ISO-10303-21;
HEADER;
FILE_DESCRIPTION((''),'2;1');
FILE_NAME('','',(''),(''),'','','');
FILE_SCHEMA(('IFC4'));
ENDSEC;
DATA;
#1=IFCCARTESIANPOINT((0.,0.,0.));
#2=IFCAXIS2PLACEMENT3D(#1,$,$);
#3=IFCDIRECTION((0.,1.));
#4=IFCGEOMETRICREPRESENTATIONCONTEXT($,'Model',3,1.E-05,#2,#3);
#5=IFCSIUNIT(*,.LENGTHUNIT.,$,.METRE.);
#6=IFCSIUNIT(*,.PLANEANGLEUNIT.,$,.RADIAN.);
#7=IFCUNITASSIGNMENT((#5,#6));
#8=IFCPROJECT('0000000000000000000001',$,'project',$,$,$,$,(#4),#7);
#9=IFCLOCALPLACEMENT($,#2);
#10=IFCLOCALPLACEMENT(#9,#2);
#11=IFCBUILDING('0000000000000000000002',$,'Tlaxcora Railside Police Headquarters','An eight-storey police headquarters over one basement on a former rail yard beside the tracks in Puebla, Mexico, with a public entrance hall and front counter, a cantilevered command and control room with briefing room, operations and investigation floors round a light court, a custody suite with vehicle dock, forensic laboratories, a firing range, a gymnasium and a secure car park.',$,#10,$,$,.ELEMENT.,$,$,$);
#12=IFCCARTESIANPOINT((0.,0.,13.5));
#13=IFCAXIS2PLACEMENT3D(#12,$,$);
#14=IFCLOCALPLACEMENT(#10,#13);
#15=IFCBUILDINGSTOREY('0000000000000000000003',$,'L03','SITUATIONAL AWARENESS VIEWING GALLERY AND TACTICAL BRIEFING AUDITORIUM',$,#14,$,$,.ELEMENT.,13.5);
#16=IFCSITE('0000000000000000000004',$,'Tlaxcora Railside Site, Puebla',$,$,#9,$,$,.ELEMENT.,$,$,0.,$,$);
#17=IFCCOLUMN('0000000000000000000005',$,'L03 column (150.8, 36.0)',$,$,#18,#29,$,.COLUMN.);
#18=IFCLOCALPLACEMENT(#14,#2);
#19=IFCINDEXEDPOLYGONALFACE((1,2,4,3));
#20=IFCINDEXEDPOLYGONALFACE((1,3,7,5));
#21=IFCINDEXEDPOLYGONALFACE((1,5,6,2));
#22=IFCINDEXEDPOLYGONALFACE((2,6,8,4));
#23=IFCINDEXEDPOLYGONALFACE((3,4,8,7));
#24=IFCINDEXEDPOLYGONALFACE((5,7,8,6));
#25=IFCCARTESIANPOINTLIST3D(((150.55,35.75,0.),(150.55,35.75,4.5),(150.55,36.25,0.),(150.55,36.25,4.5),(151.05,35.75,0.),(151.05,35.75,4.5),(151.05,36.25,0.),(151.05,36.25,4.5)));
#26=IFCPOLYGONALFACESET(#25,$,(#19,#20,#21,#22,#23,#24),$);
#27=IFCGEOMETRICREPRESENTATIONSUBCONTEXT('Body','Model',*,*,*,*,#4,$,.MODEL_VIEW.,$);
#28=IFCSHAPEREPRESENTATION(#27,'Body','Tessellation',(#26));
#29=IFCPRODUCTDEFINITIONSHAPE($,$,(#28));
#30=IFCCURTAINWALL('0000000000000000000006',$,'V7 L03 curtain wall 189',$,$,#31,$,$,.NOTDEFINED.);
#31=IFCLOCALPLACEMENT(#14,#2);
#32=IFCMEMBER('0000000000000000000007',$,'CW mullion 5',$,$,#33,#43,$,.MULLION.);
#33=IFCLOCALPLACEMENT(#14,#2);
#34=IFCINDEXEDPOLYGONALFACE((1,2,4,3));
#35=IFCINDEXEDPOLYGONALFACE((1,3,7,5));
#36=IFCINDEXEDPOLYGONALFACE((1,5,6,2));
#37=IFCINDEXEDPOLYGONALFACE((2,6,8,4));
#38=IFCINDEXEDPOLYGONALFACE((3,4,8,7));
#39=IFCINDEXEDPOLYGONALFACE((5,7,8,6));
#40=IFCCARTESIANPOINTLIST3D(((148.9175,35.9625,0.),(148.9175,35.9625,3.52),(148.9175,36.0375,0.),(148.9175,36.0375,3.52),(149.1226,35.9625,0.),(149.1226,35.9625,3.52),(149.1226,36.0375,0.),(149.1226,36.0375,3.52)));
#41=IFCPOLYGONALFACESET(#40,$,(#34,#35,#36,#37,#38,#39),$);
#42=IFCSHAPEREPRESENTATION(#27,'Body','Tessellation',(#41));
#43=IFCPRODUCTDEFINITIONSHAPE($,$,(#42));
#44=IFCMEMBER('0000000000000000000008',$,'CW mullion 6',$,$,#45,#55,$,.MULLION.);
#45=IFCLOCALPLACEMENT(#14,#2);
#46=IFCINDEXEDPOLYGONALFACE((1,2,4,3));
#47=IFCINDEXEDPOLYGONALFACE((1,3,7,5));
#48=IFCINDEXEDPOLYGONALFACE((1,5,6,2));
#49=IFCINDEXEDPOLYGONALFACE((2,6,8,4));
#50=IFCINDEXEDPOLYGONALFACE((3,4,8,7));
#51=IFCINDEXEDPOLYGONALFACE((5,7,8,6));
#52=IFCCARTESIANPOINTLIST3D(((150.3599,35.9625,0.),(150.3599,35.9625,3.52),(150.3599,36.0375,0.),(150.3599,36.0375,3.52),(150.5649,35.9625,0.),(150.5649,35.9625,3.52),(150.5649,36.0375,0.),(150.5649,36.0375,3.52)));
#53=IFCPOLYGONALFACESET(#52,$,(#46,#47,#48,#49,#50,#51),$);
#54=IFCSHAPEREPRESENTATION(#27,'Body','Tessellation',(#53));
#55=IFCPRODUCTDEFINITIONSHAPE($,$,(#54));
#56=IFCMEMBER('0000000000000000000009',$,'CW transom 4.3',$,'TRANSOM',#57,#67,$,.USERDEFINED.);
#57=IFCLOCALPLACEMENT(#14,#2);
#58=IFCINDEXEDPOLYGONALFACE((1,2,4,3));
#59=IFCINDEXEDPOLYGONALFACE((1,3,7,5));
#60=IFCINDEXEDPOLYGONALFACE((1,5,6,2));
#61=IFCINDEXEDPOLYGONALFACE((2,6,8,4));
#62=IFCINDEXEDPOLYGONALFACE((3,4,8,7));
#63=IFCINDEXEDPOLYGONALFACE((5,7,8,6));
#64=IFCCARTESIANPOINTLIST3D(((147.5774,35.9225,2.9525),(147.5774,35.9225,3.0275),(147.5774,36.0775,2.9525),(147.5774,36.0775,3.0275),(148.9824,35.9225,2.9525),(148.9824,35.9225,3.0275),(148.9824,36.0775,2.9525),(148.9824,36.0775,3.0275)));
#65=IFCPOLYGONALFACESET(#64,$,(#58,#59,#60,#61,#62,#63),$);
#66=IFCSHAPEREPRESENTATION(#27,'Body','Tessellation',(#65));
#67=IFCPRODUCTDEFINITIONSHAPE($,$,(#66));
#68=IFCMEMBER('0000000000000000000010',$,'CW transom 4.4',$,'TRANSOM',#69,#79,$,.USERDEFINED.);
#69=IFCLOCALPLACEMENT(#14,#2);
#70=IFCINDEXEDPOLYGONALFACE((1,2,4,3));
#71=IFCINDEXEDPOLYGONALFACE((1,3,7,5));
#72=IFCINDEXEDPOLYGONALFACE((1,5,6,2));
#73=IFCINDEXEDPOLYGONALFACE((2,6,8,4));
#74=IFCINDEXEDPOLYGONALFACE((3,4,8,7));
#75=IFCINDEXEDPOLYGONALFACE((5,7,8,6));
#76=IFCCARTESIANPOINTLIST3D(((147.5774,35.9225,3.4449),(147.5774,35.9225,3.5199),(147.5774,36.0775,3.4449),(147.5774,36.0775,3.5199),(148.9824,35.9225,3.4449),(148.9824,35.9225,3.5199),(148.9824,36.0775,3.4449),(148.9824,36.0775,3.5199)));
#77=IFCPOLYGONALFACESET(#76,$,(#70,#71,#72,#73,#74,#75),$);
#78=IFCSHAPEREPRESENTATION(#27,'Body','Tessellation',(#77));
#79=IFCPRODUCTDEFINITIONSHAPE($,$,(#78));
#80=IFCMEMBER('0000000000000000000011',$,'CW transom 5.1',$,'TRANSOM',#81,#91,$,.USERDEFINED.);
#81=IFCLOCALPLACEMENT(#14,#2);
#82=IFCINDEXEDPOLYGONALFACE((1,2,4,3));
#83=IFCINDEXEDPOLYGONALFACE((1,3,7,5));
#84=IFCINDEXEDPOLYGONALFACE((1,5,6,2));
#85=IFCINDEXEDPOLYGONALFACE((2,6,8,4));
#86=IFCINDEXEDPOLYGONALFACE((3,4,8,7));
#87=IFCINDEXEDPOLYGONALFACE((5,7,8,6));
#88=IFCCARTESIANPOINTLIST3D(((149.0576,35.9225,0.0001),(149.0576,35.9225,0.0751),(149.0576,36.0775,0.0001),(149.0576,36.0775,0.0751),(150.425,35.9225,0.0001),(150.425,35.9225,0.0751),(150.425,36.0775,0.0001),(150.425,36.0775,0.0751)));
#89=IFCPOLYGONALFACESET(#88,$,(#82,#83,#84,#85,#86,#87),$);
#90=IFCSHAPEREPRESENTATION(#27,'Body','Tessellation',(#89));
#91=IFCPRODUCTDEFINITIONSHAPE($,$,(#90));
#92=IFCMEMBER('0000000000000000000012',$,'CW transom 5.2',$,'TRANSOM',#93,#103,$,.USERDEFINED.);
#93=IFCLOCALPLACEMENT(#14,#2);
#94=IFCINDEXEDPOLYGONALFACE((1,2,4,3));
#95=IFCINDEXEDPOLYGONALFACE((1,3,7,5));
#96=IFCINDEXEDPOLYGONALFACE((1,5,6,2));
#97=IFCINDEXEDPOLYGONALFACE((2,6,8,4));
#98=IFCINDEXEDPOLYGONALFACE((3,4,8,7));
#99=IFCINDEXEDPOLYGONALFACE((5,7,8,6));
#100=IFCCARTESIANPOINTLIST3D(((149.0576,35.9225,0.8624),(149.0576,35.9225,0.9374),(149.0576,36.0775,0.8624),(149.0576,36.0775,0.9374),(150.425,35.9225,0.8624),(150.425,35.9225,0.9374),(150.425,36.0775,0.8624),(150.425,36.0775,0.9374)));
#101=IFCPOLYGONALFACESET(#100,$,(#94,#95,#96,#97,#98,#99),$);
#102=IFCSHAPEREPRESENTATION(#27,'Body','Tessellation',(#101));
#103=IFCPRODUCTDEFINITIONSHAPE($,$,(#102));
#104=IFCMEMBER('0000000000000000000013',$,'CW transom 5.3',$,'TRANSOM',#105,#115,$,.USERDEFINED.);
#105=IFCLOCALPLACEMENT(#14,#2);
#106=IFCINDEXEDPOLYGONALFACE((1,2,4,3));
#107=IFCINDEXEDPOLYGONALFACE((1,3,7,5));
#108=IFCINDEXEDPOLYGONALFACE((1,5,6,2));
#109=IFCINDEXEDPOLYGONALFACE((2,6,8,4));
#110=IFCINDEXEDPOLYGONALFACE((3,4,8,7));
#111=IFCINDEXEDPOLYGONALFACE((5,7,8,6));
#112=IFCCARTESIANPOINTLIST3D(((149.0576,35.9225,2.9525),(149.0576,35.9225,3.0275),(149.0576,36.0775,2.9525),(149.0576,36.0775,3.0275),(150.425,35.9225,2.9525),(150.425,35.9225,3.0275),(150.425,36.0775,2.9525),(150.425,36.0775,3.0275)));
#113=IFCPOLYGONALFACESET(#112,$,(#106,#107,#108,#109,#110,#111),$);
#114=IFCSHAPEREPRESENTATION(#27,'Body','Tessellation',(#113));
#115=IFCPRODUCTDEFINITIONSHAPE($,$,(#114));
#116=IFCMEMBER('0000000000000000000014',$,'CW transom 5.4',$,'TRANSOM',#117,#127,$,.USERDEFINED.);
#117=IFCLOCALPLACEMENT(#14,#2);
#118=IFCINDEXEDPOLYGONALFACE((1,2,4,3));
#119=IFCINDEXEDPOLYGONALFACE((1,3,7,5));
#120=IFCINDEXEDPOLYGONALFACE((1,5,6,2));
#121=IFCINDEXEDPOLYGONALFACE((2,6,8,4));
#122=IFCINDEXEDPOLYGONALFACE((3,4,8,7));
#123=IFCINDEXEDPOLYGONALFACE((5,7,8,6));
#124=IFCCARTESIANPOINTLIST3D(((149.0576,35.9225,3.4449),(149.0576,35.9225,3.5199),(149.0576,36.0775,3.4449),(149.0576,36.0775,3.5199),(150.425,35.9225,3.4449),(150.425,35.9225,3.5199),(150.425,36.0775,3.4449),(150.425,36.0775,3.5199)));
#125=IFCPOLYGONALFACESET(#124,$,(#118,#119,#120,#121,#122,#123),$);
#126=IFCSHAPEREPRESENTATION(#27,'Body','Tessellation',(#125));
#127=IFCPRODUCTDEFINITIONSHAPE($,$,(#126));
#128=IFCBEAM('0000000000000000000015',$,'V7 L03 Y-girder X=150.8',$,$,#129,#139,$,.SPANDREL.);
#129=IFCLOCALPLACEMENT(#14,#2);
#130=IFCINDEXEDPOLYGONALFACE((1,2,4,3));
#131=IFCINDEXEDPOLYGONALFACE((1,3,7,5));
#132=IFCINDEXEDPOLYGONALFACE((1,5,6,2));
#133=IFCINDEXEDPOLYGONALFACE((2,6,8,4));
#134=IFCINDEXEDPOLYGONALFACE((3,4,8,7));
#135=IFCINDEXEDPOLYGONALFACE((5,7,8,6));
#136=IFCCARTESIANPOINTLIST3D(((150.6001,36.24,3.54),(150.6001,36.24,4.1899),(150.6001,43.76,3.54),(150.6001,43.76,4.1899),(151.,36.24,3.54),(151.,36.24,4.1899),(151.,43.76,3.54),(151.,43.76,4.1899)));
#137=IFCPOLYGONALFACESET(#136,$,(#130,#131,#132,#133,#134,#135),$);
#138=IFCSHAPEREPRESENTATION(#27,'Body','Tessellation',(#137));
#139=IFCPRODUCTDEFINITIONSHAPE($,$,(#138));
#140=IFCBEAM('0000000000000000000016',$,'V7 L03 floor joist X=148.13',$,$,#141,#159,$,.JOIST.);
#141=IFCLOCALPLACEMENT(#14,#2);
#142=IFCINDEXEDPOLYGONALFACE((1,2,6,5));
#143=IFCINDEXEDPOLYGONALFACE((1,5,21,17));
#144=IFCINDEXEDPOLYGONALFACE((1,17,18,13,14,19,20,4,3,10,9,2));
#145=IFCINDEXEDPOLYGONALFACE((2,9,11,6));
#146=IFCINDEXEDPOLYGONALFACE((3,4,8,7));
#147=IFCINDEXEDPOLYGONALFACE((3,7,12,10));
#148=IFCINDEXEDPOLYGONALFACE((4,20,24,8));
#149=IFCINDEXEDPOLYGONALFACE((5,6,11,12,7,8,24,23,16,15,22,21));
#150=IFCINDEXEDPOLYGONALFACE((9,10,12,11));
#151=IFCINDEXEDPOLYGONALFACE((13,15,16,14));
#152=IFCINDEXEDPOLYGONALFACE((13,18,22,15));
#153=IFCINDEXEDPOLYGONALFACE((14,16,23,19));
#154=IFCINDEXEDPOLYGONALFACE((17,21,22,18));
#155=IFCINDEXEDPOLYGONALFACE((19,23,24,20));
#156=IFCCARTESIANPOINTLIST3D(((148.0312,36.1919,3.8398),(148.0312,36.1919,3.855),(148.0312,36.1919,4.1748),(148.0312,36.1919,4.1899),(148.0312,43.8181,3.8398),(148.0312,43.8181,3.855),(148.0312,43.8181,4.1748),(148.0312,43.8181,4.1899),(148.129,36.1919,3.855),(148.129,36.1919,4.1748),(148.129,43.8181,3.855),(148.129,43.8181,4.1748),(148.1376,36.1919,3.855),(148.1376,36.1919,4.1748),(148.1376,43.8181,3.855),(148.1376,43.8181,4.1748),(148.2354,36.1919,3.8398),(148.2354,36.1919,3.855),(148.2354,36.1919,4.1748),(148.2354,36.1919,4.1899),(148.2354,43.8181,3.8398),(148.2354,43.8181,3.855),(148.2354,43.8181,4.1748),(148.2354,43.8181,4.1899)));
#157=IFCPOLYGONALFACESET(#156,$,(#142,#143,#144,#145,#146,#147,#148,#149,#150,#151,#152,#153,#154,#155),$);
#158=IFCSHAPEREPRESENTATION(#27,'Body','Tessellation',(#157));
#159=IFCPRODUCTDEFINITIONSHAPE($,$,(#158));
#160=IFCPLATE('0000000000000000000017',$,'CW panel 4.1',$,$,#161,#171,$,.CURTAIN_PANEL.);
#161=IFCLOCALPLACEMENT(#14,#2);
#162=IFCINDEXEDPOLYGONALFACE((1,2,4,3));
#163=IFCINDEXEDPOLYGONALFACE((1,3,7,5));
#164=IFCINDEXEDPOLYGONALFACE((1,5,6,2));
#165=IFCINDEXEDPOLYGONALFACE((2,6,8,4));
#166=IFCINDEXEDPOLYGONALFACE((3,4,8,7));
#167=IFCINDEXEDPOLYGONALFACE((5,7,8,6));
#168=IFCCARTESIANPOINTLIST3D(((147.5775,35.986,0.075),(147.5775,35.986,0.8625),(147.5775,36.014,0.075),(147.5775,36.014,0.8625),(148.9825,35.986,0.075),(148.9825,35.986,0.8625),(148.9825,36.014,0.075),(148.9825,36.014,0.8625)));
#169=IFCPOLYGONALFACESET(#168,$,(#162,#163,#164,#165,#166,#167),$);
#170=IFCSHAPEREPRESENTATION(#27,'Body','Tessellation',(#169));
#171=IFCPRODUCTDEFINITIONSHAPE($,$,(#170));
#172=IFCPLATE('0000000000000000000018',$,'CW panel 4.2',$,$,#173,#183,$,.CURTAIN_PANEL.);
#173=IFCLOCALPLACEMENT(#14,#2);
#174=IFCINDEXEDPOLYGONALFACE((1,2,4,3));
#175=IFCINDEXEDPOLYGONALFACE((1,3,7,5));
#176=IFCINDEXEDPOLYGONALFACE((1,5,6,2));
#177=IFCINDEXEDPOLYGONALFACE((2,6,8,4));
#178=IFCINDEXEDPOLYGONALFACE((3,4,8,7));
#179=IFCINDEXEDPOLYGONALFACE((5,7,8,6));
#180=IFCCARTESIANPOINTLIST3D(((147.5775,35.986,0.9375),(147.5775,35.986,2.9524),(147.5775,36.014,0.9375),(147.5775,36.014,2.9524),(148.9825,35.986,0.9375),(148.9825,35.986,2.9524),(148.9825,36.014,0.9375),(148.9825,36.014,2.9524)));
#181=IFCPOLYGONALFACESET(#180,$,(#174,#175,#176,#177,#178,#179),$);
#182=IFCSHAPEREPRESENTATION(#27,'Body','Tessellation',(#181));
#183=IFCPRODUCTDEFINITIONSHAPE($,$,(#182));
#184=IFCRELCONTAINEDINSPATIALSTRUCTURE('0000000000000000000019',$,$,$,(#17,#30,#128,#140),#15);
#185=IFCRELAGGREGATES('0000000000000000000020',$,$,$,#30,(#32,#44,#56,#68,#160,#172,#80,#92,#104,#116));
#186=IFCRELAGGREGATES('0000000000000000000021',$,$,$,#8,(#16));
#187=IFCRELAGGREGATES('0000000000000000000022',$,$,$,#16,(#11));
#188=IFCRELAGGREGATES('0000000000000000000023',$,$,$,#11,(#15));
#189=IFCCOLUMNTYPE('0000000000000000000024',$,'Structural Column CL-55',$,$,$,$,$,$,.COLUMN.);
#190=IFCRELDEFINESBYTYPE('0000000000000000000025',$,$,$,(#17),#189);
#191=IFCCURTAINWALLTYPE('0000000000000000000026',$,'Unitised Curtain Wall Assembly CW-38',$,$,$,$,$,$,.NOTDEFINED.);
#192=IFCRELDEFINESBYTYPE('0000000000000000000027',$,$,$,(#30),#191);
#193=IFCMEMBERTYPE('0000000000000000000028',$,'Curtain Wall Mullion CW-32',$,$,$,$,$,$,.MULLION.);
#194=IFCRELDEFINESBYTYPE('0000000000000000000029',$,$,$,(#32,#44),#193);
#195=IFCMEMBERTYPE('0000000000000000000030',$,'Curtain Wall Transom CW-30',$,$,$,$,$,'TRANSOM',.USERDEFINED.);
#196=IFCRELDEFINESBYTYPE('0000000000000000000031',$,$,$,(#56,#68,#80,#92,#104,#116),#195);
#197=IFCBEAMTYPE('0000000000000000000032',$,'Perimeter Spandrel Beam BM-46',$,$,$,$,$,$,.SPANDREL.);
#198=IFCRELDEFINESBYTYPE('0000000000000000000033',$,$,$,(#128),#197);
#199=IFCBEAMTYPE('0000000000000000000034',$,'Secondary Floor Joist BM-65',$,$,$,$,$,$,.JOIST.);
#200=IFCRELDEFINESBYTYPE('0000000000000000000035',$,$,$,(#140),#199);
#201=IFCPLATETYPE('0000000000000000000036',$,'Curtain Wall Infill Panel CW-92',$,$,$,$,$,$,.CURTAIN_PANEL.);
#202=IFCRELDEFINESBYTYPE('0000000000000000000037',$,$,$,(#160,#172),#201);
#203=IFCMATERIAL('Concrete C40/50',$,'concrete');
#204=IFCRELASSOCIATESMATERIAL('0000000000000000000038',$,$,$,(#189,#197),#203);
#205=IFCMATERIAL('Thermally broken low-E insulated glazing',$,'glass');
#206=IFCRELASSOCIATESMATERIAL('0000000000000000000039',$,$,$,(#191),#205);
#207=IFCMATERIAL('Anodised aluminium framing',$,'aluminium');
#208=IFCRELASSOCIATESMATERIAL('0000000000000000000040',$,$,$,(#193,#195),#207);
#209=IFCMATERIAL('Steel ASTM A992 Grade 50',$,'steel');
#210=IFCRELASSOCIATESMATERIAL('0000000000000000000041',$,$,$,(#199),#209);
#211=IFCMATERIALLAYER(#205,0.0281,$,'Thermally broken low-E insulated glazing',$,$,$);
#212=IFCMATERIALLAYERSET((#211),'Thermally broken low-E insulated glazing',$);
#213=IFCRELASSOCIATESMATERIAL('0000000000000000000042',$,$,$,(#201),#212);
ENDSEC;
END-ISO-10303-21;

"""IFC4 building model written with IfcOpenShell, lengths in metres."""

from ifc_helpers import new_model, si_unit, direction, frame, origin, origin_2d, place, context, subcontext, project, spatial, rectangle, i_section, extrude, material, layer, layer_set, material_profile, profile_set, type_object, element, aggregate, save


model = new_model("IFC4")

# Units and contexts
model_context = context("Model", 3, precision=1e-05, world=origin(), true_north=direction((0.0, 1.0)))
body_context = subcontext(model_context, "Body", "Model", "MODEL_VIEW")
ifc_project = project(units=[si_unit("LENGTHUNIT", "METRE"), si_unit("PLANEANGLEUNIT", "RADIAN")], contexts=[model_context])

# Site, building, storey
site_placement = place(None, origin())
site = spatial("IfcSite", under=ifc_project, at=site_placement, Name="Tlaxcora Railside Site, Puebla", CompositionType="ELEMENT", RefElevation=0.0)
building_placement = place(site_placement, origin())
building = spatial("IfcBuilding", under=site, at=building_placement, Name="Tlaxcora Railside Police Headquarters", Description="An eight-storey police headquarters over one basement on a former rail yard beside the tracks in Puebla, Mexico, with a public entrance hall and front counter, a cantilevered command and control room with briefing room, operations and investigation floors round a light court, a custody suite with vehicle dock, forensic laboratories, a firing range, a gymnasium and a secure car park.", CompositionType="ELEMENT")
storey_placement = place(building_placement, frame((0.0, 0.0, 13.5)))
storey = spatial("IfcBuildingStorey", under=building, at=storey_placement, Name="L03", Description="SITUATIONAL AWARENESS VIEWING GALLERY AND TACTICAL BRIEFING AUDITORIUM", CompositionType="ELEMENT", Elevation=13.5)

# Column
ifc_material_1 = material(Name="Concrete C40/50", Category="concrete")
ifc_material_profile_1 = material_profile(ifc_material_1, rectangle(XDim=0.5, YDim=0.5, at=origin_2d()), Name="RC500X500")
ifc_profile_set_1 = profile_set([ifc_material_profile_1], Name="Concrete C40/50")
column_type = type_object("IfcColumnType", Name="Structural Column CL-55", PredefinedType="COLUMN", material=ifc_profile_set_1)
column_placement = place(storey_placement, frame((150.8, 36.0, 0.0), z_axis=(0.0, 0.0, 1.0), x_axis=(1.0, 0.0, 0.0)))
element("IfcColumn", 1, at=column_placement, inside=storey, type_object=column_type, Name="L03 column (150.8, 36.0)", PredefinedType="COLUMN", context=body_context, shape_type="SweptSolid", body=[
    extrude(rectangle(XDim=0.5, YDim=0.5, at=origin_2d()), origin(), (0.0, 0.0, 1.0), 4.5),
])

# Curtain wall, members
ifc_material_2 = material(Name="Thermally broken low-E insulated glazing", Category="glass")
curtain_wall_type = type_object("IfcCurtainWallType", Name="Unitised Curtain Wall Assembly CW-38", PredefinedType="NOTDEFINED", material=ifc_material_2)
curtain_wall_placement = place(storey_placement, origin())
curtain_wall = element("IfcCurtainWall", 2, at=curtain_wall_placement, inside=storey, type_object=curtain_wall_type, Name="V7 L03 curtain wall 189", PredefinedType="NOTDEFINED")
ifc_material_3 = material(Name="Anodised aluminium framing", Category="aluminium")
ifc_material_profile_2 = material_profile(ifc_material_3, rectangle(XDim=0.075, YDim=0.2051, at=origin_2d()), Name="AL75X205")
ifc_profile_set_2 = profile_set([ifc_material_profile_2], Name="Anodised aluminium framing")
member_type_1 = type_object("IfcMemberType", Name="Curtain Wall Mullion CW-32", PredefinedType="MULLION", material=ifc_profile_set_2)
member_1_placement = place(storey_placement, frame((149.02, 36.0, 0.0), z_axis=(0.0, 0.0, 1.0), x_axis=(0.0, 1.0, 0.0)))
member_1 = element("IfcMember", 3, at=member_1_placement, type_object=member_type_1, Name="CW mullion 5", PredefinedType="MULLION", context=body_context, shape_type="SweptSolid", body=[
    extrude(rectangle(XDim=0.075, YDim=0.2051, at=origin_2d()), origin(), (0.0, 0.0, 1.0), 3.52),
])
member_2_placement = place(storey_placement, frame((150.4624, 36.0, 0.0), z_axis=(0.0, 0.0, 1.0), x_axis=(0.0, 1.0, 0.0)))
member_2 = element("IfcMember", 4, at=member_2_placement, type_object=member_type_1, Name="CW mullion 6", PredefinedType="MULLION", context=body_context, shape_type="SweptSolid", body=[
    extrude(rectangle(XDim=0.075, YDim=0.2051, at=origin_2d()), origin(), (0.0, 0.0, 1.0), 3.52),
])
ifc_material_profile_3 = material_profile(ifc_material_3, rectangle(XDim=0.155, YDim=0.075, at=origin_2d()), Name="AL75X155")
ifc_profile_set_3 = profile_set([ifc_material_profile_3], Name="Anodised aluminium framing")
member_type_2 = type_object("IfcMemberType", Name="Curtain Wall Transom CW-30", ElementType="TRANSOM", PredefinedType="USERDEFINED", material=ifc_profile_set_3)
member_3_placement = place(storey_placement, frame((147.5774, 36.0, 2.99), z_axis=(1.0, 0.0, 0.0), x_axis=(0.0, 1.0, 0.0)))
member_3 = element("IfcMember", 5, at=member_3_placement, type_object=member_type_2, Name="CW transom 4.3", ObjectType="TRANSOM", PredefinedType="USERDEFINED", context=body_context, shape_type="SweptSolid", body=[
    extrude(rectangle(XDim=0.155, YDim=0.075, at=origin_2d()), origin(), (0.0, 0.0, 1.0), 1.405),
])
member_4_placement = place(storey_placement, frame((147.5774, 36.0, 3.4824), z_axis=(1.0, 0.0, 0.0), x_axis=(0.0, 1.0, 0.0)))
member_4 = element("IfcMember", 6, at=member_4_placement, type_object=member_type_2, Name="CW transom 4.4", ObjectType="TRANSOM", PredefinedType="USERDEFINED", context=body_context, shape_type="SweptSolid", body=[
    extrude(rectangle(XDim=0.155, YDim=0.075, at=origin_2d()), origin(), (0.0, 0.0, 1.0), 1.405),
])
member_5_placement = place(storey_placement, frame((149.0576, 36.0, 0.0376), z_axis=(1.0, 0.0, 0.0), x_axis=(0.0, 1.0, 0.0)))
member_5 = element("IfcMember", 7, at=member_5_placement, type_object=member_type_2, Name="CW transom 5.1", ObjectType="TRANSOM", PredefinedType="USERDEFINED", context=body_context, shape_type="SweptSolid", body=[
    extrude(rectangle(XDim=0.155, YDim=0.075, at=origin_2d()), origin(), (0.0, 0.0, 1.0), 1.3674),
])
member_6_placement = place(storey_placement, frame((149.0576, 36.0, 0.8999), z_axis=(1.0, 0.0, 0.0), x_axis=(0.0, 1.0, 0.0)))
member_6 = element("IfcMember", 8, at=member_6_placement, type_object=member_type_2, Name="CW transom 5.2", ObjectType="TRANSOM", PredefinedType="USERDEFINED", context=body_context, shape_type="SweptSolid", body=[
    extrude(rectangle(XDim=0.155, YDim=0.075, at=origin_2d()), origin(), (0.0, 0.0, 1.0), 1.3674),
])
member_7_placement = place(storey_placement, frame((149.0576, 36.0, 2.99), z_axis=(1.0, 0.0, 0.0), x_axis=(0.0, 1.0, 0.0)))
member_7 = element("IfcMember", 9, at=member_7_placement, type_object=member_type_2, Name="CW transom 5.3", ObjectType="TRANSOM", PredefinedType="USERDEFINED", context=body_context, shape_type="SweptSolid", body=[
    extrude(rectangle(XDim=0.155, YDim=0.075, at=origin_2d()), origin(), (0.0, 0.0, 1.0), 1.3674),
])
member_8_placement = place(storey_placement, frame((149.0576, 36.0, 3.4824), z_axis=(1.0, 0.0, 0.0), x_axis=(0.0, 1.0, 0.0)))
member_8 = element("IfcMember", 10, at=member_8_placement, type_object=member_type_2, Name="CW transom 5.4", ObjectType="TRANSOM", PredefinedType="USERDEFINED", context=body_context, shape_type="SweptSolid", body=[
    extrude(rectangle(XDim=0.155, YDim=0.075, at=origin_2d()), origin(), (0.0, 0.0, 1.0), 1.3674),
])

# Beams
ifc_material_profile_4 = material_profile(ifc_material_1, rectangle(XDim=0.3999, YDim=0.6499, at=origin_2d()), Name="RC400X650")
ifc_profile_set_4 = profile_set([ifc_material_profile_4], Name="Concrete C40/50")
beam_type_1 = type_object("IfcBeamType", Name="Perimeter Spandrel Beam BM-46", PredefinedType="SPANDREL", material=ifc_profile_set_4)
beam_1_placement = place(storey_placement, frame((150.8, 36.24, 3.865), z_axis=(0.0, 1.0, 0.0), x_axis=(-1.0, 0.0, 0.0)))
element("IfcBeam", 11, at=beam_1_placement, inside=storey, type_object=beam_type_1, Name="V7 L03 Y-girder X=150.8", PredefinedType="SPANDREL", context=body_context, shape_type="SweptSolid", body=[
    extrude(rectangle(XDim=0.3999, YDim=0.6499, at=origin_2d()), origin(), (0.0, 0.0, 1.0), 7.52),
])
ifc_material_4 = material(Name="Steel ASTM A992 Grade 50", Category="steel")
ifc_material_profile_5 = material_profile(ifc_material_4, i_section(OverallWidth=0.2041, OverallDepth=0.3501, WebThickness=0.0085, FlangeThickness=0.0151, at=origin_2d()), Name="W14X48")
ifc_profile_set_5 = profile_set([ifc_material_profile_5], Name="Steel ASTM A992 Grade 50")
beam_type_2 = type_object("IfcBeamType", Name="Secondary Floor Joist BM-65", PredefinedType="JOIST", material=ifc_profile_set_5)
beam_2_placement = place(storey_placement, frame((148.1333, 36.1919, 4.0149), z_axis=(0.0, 1.0, 0.0), x_axis=(-1.0, 0.0, 0.0)))
element("IfcBeam", 12, at=beam_2_placement, inside=storey, type_object=beam_type_2, Name="V7 L03 floor joist X=148.13", PredefinedType="JOIST", context=body_context, shape_type="SweptSolid", body=[
    extrude(i_section(OverallWidth=0.2041, OverallDepth=0.3501, WebThickness=0.0085, FlangeThickness=0.0151, at=origin_2d()), origin(), (0.0, 0.0, 1.0), 7.6262),
])

# Plates
ifc_layer_1 = layer(ifc_material_2, 0.0281, Name="Thermally broken low-E insulated glazing")
ifc_layer_set_1 = layer_set([ifc_layer_1], Name="Thermally broken low-E insulated glazing")
plate_type = type_object("IfcPlateType", Name="Curtain Wall Infill Panel CW-92", PredefinedType="CURTAIN_PANEL", material=ifc_layer_set_1)
plate_1_placement = place(storey_placement, frame((148.28, 36.0, 0.075), z_axis=(0.0, 0.0, 1.0), x_axis=(1.0, 0.0, 0.0)))
plate_1 = element("IfcPlate", 13, at=plate_1_placement, type_object=plate_type, Name="CW panel 4.1", PredefinedType="CURTAIN_PANEL", context=body_context, shape_type="SweptSolid", body=[
    extrude(rectangle(XDim=1.405, YDim=0.0281, at=origin_2d()), origin(), (0.0, 0.0, 1.0), 0.7876),
])
plate_2_placement = place(storey_placement, frame((148.28, 36.0, 0.9375), z_axis=(0.0, 0.0, 1.0), x_axis=(1.0, 0.0, 0.0)))
plate_2 = element("IfcPlate", 14, at=plate_2_placement, type_object=plate_type, Name="CW panel 4.2", PredefinedType="CURTAIN_PANEL", context=body_context, shape_type="SweptSolid", body=[
    extrude(rectangle(XDim=1.405, YDim=0.0281, at=origin_2d()), origin(), (0.0, 0.0, 1.0), 2.0149),
])
aggregate(curtain_wall, [member_1, member_2, member_3, member_4, plate_1, plate_2, member_5, member_6, member_7, member_8])

save(model, "model.ifc")
